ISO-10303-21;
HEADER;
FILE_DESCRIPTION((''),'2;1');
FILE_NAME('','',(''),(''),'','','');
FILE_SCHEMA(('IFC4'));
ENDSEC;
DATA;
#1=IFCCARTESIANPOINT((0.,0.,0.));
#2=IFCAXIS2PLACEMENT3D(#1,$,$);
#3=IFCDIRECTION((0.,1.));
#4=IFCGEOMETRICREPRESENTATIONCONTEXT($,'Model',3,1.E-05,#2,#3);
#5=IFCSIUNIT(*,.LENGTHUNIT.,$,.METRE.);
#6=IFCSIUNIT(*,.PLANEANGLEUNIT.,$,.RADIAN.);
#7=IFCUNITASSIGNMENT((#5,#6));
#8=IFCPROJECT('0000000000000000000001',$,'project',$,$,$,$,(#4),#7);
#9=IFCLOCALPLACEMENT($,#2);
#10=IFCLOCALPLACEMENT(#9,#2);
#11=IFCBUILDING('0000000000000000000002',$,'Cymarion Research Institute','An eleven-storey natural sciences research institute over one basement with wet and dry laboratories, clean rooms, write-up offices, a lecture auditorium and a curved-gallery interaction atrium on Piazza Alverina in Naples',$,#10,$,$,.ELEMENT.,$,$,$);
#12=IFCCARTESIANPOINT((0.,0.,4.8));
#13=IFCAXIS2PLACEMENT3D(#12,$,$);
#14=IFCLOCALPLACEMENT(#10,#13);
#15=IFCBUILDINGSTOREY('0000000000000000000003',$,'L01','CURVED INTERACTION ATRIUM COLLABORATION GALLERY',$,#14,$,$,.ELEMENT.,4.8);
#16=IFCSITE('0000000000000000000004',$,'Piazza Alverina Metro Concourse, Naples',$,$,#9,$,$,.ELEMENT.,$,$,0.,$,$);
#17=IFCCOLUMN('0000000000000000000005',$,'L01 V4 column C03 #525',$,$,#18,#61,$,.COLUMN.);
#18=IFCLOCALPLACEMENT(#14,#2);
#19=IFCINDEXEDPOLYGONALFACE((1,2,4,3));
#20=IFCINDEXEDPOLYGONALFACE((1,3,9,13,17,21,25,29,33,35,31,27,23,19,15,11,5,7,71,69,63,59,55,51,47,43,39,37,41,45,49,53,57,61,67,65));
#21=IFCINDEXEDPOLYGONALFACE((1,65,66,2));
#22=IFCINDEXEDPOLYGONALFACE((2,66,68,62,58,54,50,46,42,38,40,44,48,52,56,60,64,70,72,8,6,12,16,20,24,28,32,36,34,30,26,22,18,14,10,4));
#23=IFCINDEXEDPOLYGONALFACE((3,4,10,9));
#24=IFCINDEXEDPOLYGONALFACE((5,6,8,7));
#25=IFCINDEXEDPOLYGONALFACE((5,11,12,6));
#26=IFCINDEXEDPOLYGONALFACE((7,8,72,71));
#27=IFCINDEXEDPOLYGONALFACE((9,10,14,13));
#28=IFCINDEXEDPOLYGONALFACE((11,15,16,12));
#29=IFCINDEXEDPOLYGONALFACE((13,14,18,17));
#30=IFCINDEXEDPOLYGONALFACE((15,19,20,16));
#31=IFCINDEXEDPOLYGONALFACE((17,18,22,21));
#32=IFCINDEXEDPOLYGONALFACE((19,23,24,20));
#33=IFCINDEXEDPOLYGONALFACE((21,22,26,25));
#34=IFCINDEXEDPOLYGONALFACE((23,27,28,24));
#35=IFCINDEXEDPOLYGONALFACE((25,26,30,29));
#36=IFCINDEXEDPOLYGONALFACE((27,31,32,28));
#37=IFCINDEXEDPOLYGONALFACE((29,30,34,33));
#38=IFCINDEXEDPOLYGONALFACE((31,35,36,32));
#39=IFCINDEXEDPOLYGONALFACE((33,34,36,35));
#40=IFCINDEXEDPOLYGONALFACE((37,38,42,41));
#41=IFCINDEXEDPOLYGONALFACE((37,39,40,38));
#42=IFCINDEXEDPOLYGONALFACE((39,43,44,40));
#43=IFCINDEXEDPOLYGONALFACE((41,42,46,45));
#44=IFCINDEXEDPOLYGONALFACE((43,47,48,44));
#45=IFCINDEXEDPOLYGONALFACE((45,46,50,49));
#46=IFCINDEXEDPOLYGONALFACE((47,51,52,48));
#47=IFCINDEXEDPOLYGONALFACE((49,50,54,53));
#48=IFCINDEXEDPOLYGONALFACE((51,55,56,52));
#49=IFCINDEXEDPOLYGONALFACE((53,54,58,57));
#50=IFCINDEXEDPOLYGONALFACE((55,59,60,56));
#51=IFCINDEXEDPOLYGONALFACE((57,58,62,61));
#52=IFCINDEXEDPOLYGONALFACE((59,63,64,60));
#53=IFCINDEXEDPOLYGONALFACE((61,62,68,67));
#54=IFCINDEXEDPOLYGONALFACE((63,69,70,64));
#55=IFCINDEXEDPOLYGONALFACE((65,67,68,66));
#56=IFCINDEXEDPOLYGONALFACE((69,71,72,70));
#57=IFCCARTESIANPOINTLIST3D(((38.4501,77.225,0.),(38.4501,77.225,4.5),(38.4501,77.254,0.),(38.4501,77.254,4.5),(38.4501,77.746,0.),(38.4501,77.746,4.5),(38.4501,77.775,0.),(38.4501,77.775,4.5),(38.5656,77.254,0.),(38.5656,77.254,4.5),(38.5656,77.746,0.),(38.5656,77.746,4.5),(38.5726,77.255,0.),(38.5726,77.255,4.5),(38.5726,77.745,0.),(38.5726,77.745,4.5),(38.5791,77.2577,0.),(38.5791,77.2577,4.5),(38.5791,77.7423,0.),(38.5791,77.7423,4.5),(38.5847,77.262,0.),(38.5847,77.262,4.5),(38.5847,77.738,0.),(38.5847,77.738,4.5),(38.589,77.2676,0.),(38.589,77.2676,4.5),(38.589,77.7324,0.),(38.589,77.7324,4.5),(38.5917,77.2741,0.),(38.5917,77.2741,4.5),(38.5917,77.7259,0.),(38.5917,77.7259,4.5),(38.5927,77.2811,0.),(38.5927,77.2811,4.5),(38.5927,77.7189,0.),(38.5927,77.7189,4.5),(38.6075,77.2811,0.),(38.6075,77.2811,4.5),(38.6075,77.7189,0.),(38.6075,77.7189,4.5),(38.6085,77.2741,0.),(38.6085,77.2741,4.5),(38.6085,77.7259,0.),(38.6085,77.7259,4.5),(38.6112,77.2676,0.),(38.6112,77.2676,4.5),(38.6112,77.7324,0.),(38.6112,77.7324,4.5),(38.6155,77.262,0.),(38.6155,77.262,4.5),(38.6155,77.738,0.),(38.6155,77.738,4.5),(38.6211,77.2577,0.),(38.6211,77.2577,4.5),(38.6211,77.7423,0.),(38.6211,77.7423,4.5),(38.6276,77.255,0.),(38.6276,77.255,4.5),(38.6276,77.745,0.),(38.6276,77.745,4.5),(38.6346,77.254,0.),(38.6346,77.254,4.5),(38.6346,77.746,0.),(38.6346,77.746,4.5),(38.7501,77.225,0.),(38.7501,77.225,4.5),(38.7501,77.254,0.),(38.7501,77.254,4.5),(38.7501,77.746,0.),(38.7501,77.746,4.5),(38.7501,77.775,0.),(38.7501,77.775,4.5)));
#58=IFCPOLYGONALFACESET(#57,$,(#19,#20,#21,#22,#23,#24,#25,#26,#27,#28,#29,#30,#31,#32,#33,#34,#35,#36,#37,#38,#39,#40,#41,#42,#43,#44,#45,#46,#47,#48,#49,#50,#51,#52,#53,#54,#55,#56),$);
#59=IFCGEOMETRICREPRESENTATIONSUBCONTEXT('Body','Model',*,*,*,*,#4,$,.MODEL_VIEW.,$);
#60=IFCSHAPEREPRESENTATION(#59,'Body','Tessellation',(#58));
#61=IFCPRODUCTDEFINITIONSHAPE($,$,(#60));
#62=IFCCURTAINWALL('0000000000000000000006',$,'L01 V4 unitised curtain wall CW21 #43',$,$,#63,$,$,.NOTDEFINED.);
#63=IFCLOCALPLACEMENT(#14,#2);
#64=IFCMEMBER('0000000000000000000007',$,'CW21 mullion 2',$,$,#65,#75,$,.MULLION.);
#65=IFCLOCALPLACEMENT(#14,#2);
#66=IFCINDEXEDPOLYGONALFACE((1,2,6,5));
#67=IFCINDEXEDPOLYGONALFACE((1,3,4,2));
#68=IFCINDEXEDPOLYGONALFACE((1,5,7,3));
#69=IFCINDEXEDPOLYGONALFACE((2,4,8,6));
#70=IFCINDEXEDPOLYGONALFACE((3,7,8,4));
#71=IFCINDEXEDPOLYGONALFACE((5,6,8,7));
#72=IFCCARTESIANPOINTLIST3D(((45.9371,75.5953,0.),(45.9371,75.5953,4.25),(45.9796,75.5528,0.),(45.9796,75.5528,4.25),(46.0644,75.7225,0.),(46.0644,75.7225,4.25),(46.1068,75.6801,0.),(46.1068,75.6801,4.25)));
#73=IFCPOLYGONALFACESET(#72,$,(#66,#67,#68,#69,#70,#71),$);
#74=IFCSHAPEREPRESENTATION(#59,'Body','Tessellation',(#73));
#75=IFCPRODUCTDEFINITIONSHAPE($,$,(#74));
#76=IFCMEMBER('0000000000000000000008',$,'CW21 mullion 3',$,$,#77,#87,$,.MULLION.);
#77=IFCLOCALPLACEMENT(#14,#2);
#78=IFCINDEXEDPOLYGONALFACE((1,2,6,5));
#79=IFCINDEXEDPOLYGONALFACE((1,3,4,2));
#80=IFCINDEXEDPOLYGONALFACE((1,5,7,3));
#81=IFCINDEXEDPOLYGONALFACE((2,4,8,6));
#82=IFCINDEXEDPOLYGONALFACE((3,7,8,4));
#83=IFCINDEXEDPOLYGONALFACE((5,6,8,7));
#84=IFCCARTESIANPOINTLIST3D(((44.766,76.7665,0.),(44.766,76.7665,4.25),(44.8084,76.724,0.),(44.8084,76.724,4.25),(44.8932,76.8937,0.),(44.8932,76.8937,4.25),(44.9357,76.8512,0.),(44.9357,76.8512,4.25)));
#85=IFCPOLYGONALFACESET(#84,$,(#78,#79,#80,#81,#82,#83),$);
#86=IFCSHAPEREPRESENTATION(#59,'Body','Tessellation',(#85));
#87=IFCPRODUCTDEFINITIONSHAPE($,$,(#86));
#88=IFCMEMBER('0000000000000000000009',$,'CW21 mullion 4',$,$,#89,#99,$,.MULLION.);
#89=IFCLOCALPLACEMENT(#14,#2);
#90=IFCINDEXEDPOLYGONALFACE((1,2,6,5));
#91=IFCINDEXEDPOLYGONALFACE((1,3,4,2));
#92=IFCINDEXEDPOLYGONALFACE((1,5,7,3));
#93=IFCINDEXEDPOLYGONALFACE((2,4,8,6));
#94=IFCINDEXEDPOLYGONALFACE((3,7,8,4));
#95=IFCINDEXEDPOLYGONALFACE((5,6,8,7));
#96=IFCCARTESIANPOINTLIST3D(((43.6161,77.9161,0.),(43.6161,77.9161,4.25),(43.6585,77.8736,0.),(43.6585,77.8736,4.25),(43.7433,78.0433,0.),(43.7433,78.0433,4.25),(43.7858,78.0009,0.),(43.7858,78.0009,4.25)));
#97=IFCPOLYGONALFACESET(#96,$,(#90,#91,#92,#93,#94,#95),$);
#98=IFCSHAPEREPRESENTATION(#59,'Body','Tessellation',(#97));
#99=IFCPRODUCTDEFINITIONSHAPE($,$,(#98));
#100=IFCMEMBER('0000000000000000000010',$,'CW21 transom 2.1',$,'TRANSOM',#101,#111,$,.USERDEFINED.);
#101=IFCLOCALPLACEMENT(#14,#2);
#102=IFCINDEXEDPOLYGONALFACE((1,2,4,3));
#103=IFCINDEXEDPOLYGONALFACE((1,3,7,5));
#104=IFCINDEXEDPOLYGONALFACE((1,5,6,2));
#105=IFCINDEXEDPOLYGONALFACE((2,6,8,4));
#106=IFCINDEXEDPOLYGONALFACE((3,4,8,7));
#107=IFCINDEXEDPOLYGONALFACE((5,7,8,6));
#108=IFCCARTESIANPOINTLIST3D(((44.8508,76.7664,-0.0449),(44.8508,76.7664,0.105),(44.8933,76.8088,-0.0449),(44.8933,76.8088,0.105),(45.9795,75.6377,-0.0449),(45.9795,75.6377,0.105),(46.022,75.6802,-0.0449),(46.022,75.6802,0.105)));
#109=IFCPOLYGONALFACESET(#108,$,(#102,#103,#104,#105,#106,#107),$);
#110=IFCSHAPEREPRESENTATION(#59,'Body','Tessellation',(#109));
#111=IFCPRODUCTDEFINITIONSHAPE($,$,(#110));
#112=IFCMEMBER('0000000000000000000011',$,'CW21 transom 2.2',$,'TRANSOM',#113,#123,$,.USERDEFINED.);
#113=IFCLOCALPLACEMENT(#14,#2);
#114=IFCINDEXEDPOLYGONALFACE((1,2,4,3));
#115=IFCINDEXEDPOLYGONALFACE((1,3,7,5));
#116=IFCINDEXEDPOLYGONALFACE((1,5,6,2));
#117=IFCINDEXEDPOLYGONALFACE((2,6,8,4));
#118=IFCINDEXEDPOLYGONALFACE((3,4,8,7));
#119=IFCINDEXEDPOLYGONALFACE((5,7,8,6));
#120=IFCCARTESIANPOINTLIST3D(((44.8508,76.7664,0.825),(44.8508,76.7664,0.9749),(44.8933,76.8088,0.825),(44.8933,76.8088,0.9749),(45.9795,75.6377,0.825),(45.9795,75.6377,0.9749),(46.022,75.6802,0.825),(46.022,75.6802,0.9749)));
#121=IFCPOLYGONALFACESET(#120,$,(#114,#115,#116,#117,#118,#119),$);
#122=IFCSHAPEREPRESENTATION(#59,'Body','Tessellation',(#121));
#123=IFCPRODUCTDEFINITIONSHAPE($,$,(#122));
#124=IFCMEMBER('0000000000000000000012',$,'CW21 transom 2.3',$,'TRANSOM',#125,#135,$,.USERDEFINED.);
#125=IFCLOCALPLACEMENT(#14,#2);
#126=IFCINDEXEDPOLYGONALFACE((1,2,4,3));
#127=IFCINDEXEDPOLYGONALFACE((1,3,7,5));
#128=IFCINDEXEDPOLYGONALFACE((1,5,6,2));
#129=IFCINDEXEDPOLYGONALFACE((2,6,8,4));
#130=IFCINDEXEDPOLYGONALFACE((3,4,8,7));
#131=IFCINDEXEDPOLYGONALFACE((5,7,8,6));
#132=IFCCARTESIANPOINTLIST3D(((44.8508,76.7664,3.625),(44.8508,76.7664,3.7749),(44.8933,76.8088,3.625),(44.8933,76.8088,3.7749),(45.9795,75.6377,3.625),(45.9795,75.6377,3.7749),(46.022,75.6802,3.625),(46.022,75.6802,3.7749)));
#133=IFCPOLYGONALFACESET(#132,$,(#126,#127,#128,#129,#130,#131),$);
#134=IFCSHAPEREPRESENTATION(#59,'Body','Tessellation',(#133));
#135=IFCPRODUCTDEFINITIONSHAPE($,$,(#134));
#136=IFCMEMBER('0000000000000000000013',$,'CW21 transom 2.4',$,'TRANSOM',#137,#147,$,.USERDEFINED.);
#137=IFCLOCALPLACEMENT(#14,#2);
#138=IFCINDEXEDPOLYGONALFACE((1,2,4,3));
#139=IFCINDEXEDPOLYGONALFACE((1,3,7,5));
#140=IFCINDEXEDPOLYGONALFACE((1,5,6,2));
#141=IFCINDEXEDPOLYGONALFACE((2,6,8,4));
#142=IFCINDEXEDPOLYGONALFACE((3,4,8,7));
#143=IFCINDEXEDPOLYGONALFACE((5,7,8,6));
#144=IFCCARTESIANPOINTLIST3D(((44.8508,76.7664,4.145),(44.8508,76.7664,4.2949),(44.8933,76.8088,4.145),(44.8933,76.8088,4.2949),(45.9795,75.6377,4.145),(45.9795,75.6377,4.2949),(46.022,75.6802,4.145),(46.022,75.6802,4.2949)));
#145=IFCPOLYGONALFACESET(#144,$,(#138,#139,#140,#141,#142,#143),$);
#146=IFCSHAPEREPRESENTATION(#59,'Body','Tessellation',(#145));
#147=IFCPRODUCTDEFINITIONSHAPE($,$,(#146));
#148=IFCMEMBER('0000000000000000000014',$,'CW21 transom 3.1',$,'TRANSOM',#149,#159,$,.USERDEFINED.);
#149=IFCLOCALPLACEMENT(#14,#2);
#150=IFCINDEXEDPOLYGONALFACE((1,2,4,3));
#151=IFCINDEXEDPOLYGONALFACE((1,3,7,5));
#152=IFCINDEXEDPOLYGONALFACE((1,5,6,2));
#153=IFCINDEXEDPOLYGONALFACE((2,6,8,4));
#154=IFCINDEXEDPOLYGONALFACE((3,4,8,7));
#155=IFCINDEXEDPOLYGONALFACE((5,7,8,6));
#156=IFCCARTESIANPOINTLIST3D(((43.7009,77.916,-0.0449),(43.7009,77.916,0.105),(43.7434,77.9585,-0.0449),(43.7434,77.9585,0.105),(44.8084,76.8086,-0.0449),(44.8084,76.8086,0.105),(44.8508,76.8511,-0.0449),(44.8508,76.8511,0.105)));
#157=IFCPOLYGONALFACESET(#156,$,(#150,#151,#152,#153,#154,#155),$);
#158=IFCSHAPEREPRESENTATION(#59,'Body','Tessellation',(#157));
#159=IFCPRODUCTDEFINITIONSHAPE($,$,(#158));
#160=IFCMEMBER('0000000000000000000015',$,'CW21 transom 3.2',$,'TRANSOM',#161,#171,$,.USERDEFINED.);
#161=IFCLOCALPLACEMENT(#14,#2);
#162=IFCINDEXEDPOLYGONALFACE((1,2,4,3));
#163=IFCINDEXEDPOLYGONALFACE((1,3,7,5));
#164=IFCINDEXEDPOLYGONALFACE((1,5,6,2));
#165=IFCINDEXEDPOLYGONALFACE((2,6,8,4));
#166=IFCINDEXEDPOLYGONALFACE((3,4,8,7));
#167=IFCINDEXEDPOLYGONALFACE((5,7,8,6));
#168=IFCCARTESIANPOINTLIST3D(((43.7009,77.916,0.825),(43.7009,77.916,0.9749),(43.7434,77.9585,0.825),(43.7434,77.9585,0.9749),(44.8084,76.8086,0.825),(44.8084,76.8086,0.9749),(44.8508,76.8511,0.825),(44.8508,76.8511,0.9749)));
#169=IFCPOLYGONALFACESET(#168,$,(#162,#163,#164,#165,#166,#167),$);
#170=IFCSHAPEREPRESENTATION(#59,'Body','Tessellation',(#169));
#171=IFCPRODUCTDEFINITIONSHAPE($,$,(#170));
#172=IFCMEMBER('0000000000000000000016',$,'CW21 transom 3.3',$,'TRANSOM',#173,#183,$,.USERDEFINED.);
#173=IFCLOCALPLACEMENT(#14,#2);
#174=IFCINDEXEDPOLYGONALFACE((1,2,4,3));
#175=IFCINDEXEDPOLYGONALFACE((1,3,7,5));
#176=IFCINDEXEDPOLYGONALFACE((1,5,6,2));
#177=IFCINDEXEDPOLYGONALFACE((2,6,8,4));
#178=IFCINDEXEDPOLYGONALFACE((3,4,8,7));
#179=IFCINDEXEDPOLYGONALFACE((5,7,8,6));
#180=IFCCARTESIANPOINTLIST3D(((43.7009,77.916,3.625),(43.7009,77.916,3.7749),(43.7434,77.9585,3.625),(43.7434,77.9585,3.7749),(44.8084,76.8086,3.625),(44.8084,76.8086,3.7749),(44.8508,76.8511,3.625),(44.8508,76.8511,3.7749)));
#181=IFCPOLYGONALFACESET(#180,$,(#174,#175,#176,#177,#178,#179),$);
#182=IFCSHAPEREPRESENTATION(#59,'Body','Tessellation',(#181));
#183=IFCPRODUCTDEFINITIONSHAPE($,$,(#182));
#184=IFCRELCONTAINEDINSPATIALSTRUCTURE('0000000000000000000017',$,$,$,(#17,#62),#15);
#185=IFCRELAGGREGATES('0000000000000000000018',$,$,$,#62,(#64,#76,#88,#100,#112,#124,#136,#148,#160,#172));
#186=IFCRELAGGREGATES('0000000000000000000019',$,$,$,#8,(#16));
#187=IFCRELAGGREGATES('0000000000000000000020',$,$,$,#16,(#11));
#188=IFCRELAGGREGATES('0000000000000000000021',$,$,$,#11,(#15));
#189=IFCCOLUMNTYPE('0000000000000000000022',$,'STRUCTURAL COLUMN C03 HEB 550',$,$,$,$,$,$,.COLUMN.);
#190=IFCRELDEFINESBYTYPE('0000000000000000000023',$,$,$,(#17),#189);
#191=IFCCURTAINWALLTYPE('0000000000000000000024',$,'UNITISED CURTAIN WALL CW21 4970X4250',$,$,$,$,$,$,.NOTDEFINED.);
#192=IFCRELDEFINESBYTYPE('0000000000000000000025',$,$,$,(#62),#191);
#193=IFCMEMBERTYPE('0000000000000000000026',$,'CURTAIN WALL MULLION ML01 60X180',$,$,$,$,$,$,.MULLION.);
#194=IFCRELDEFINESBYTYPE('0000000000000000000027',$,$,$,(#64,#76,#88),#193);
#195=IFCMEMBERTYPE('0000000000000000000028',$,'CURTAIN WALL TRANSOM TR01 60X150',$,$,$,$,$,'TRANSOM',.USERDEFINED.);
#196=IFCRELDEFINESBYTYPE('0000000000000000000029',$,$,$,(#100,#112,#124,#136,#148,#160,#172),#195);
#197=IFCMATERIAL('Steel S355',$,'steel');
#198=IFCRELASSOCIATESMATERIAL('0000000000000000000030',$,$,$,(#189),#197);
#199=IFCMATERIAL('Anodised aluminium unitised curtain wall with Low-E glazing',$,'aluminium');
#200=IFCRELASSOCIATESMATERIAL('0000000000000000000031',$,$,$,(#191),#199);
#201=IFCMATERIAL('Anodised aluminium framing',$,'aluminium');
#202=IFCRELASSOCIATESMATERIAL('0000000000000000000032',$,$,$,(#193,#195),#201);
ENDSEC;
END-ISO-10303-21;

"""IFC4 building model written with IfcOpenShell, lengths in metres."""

from ifc_helpers import new_model, si_unit, direction, frame, origin, origin_2d, place, context, subcontext, project, spatial, rectangle, i_section, extrude, material, material_profile, profile_set, type_object, element, aggregate, save


model = new_model("IFC4")

# Units and contexts
model_context = context("Model", 3, precision=1e-05, world=origin(), true_north=direction((0.0, 1.0)))
body_context = subcontext(model_context, "Body", "Model", "MODEL_VIEW")
ifc_project = project(units=[si_unit("LENGTHUNIT", "METRE"), si_unit("PLANEANGLEUNIT", "RADIAN")], contexts=[model_context])

# Site, building, storey
site_placement = place(None, origin())
site = spatial("IfcSite", under=ifc_project, at=site_placement, Name="Piazza Alverina Metro Concourse, Naples", CompositionType="ELEMENT", RefElevation=0.0)
building_placement = place(site_placement, origin())
building = spatial("IfcBuilding", under=site, at=building_placement, Name="Cymarion Research Institute", Description="An eleven-storey natural sciences research institute over one basement with wet and dry laboratories, clean rooms, write-up offices, a lecture auditorium and a curved-gallery interaction atrium on Piazza Alverina in Naples", CompositionType="ELEMENT")
storey_placement = place(building_placement, frame((0.0, 0.0, 4.8)))
storey = spatial("IfcBuildingStorey", under=building, at=storey_placement, Name="L01", Description="CURVED INTERACTION ATRIUM COLLABORATION GALLERY", CompositionType="ELEMENT", Elevation=4.8)

# Column
ifc_material_1 = material(Name="Steel S355", Category="steel")
ifc_material_profile_1 = material_profile(ifc_material_1, i_section(OverallWidth=0.3, OverallDepth=0.55, WebThickness=0.0149, FlangeThickness=0.0291, FilletRadius=0.0271, at=origin_2d()), Name="HEB 550")
ifc_profile_set_1 = profile_set([ifc_material_profile_1], Name="Steel S355")
column_type = type_object("IfcColumnType", Name="STRUCTURAL COLUMN C03 HEB 550", PredefinedType="COLUMN", material=ifc_profile_set_1)
column_placement = place(storey_placement, frame((38.6001, 77.5, 0.0), z_axis=(0.0, 0.0, 1.0), x_axis=(1.0, 0.0, 0.0)))
element("IfcColumn", 1, at=column_placement, inside=storey, type_object=column_type, Name="L01 V4 column C03 #525", PredefinedType="COLUMN", context=body_context, shape_type="SweptSolid", body=[
    extrude(i_section(OverallWidth=0.3, OverallDepth=0.55, WebThickness=0.0149, FlangeThickness=0.0291, FilletRadius=0.0271, at=origin_2d()), origin(), (0.0, 0.0, 1.0), 4.5),
])

# Curtain wall, members
ifc_material_2 = material(Name="Anodised aluminium unitised curtain wall with Low-E glazing", Category="aluminium")
curtain_wall_type = type_object("IfcCurtainWallType", Name="UNITISED CURTAIN WALL CW21 4970X4250", PredefinedType="NOTDEFINED", material=ifc_material_2)
curtain_wall_placement = place(storey_placement, origin())
curtain_wall = element("IfcCurtainWall", 2, at=curtain_wall_placement, inside=storey, type_object=curtain_wall_type, Name="L01 V4 unitised curtain wall CW21 #43", PredefinedType="NOTDEFINED")
ifc_material_3 = material(Name="Anodised aluminium framing", Category="aluminium")
ifc_material_profile_2 = material_profile(ifc_material_3, rectangle(XDim=0.0601, YDim=0.1799, at=origin_2d()), Name="ALU MULLION 60x180")
ifc_profile_set_2 = profile_set([ifc_material_profile_2], Name="Anodised aluminium framing")
member_type_1 = type_object("IfcMemberType", Name="CURTAIN WALL MULLION ML01 60X180", PredefinedType="MULLION", material=ifc_profile_set_2)
member_1_placement = place(storey_placement, frame((46.022, 75.6377, 0.0), z_axis=(0.0, 0.0, 1.0), x_axis=(-0.707097, 0.707117, 0.0)))
member_1 = element("IfcMember", 3, at=member_1_placement, type_object=member_type_1, Name="CW21 mullion 2", PredefinedType="MULLION", context=body_context, shape_type="SweptSolid", body=[
    extrude(rectangle(XDim=0.0601, YDim=0.1799, at=origin_2d()), origin(), (0.0, 0.0, 1.0), 4.25),
])
member_2_placement = place(storey_placement, frame((44.8508, 76.8088, 0.0), z_axis=(0.0, 0.0, 1.0), x_axis=(-0.707097, 0.707117, 0.0)))
member_2 = element("IfcMember", 4, at=member_2_placement, type_object=member_type_1, Name="CW21 mullion 3", PredefinedType="MULLION", context=body_context, shape_type="SweptSolid", body=[
    extrude(rectangle(XDim=0.0601, YDim=0.1799, at=origin_2d()), origin(), (0.0, 0.0, 1.0), 4.25),
])
member_3_placement = place(storey_placement, frame((43.7009, 77.9585, 0.0), z_axis=(0.0, 0.0, 1.0), x_axis=(-0.707097, 0.707117, 0.0)))
member_3 = element("IfcMember", 5, at=member_3_placement, type_object=member_type_1, Name="CW21 mullion 4", PredefinedType="MULLION", context=body_context, shape_type="SweptSolid", body=[
    extrude(rectangle(XDim=0.0601, YDim=0.1799, at=origin_2d()), origin(), (0.0, 0.0, 1.0), 4.25),
])
ifc_material_profile_3 = material_profile(ifc_material_3, rectangle(XDim=0.0601, YDim=0.1499, at=origin_2d()), Name="ALU TRANSOM 60x150")
ifc_profile_set_3 = profile_set([ifc_material_profile_3], Name="Anodised aluminium framing")
member_type_2 = type_object("IfcMemberType", Name="CURTAIN WALL TRANSOM TR01 60X150", ElementType="TRANSOM", PredefinedType="USERDEFINED", material=ifc_profile_set_3)
member_4_placement = place(storey_placement, frame((46.0007, 75.6589, 0.03), z_axis=(-0.707107, 0.707107, 0.0), x_axis=(-0.707107, -0.707107, 0.0)))
member_4 = element("IfcMember", 6, at=member_4_placement, type_object=member_type_2, Name="CW21 transom 2.1", ObjectType="TRANSOM", PredefinedType="USERDEFINED", context=body_context, shape_type="SweptSolid", body=[
    extrude(rectangle(XDim=0.0601, YDim=0.1499, at=origin_2d()), origin(), (0.0, 0.0, 1.0), 1.5962),
])
member_5_placement = place(storey_placement, frame((46.0007, 75.6589, 0.8999), z_axis=(-0.707107, 0.707107, 0.0), x_axis=(-0.707107, -0.707107, 0.0)))
member_5 = element("IfcMember", 7, at=member_5_placement, type_object=member_type_2, Name="CW21 transom 2.2", ObjectType="TRANSOM", PredefinedType="USERDEFINED", context=body_context, shape_type="SweptSolid", body=[
    extrude(rectangle(XDim=0.0601, YDim=0.1499, at=origin_2d()), origin(), (0.0, 0.0, 1.0), 1.5962),
])
member_6_placement = place(storey_placement, frame((46.0007, 75.6589, 3.7), z_axis=(-0.707107, 0.707107, 0.0), x_axis=(-0.707107, -0.707107, 0.0)))
member_6 = element("IfcMember", 8, at=member_6_placement, type_object=member_type_2, Name="CW21 transom 2.3", ObjectType="TRANSOM", PredefinedType="USERDEFINED", context=body_context, shape_type="SweptSolid", body=[
    extrude(rectangle(XDim=0.0601, YDim=0.1499, at=origin_2d()), origin(), (0.0, 0.0, 1.0), 1.5962),
])
member_7_placement = place(storey_placement, frame((46.0007, 75.6589, 4.22), z_axis=(-0.707107, 0.707107, 0.0), x_axis=(-0.707107, -0.707107, 0.0)))
member_7 = element("IfcMember", 9, at=member_7_placement, type_object=member_type_2, Name="CW21 transom 2.4", ObjectType="TRANSOM", PredefinedType="USERDEFINED", context=body_context, shape_type="SweptSolid", body=[
    extrude(rectangle(XDim=0.0601, YDim=0.1499, at=origin_2d()), origin(), (0.0, 0.0, 1.0), 1.5962),
])
member_8_placement = place(storey_placement, frame((44.8296, 76.8298, 0.03), z_axis=(-0.707107, 0.707107, 0.0), x_axis=(-0.707107, -0.707107, 0.0)))
member_8 = element("IfcMember", 10, at=member_8_placement, type_object=member_type_2, Name="CW21 transom 3.1", ObjectType="TRANSOM", PredefinedType="USERDEFINED", context=body_context, shape_type="SweptSolid", body=[
    extrude(rectangle(XDim=0.0601, YDim=0.1499, at=origin_2d()), origin(), (0.0, 0.0, 1.0), 1.5662),
])
member_9_placement = place(storey_placement, frame((44.8296, 76.8298, 0.8999), z_axis=(-0.707107, 0.707107, 0.0), x_axis=(-0.707107, -0.707107, 0.0)))
member_9 = element("IfcMember", 11, at=member_9_placement, type_object=member_type_2, Name="CW21 transom 3.2", ObjectType="TRANSOM", PredefinedType="USERDEFINED", context=body_context, shape_type="SweptSolid", body=[
    extrude(rectangle(XDim=0.0601, YDim=0.1499, at=origin_2d()), origin(), (0.0, 0.0, 1.0), 1.5662),
])
member_10_placement = place(storey_placement, frame((44.8296, 76.8298, 3.7), z_axis=(-0.707107, 0.707107, 0.0), x_axis=(-0.707107, -0.707107, 0.0)))
member_10 = element("IfcMember", 12, at=member_10_placement, type_object=member_type_2, Name="CW21 transom 3.3", ObjectType="TRANSOM", PredefinedType="USERDEFINED", context=body_context, shape_type="SweptSolid", body=[
    extrude(rectangle(XDim=0.0601, YDim=0.1499, at=origin_2d()), origin(), (0.0, 0.0, 1.0), 1.5662),
])

aggregate(curtain_wall, [member_1, member_2, member_3, member_4, member_5, member_6, member_7, member_8, member_9, member_10])

save(model, "model.ifc")
